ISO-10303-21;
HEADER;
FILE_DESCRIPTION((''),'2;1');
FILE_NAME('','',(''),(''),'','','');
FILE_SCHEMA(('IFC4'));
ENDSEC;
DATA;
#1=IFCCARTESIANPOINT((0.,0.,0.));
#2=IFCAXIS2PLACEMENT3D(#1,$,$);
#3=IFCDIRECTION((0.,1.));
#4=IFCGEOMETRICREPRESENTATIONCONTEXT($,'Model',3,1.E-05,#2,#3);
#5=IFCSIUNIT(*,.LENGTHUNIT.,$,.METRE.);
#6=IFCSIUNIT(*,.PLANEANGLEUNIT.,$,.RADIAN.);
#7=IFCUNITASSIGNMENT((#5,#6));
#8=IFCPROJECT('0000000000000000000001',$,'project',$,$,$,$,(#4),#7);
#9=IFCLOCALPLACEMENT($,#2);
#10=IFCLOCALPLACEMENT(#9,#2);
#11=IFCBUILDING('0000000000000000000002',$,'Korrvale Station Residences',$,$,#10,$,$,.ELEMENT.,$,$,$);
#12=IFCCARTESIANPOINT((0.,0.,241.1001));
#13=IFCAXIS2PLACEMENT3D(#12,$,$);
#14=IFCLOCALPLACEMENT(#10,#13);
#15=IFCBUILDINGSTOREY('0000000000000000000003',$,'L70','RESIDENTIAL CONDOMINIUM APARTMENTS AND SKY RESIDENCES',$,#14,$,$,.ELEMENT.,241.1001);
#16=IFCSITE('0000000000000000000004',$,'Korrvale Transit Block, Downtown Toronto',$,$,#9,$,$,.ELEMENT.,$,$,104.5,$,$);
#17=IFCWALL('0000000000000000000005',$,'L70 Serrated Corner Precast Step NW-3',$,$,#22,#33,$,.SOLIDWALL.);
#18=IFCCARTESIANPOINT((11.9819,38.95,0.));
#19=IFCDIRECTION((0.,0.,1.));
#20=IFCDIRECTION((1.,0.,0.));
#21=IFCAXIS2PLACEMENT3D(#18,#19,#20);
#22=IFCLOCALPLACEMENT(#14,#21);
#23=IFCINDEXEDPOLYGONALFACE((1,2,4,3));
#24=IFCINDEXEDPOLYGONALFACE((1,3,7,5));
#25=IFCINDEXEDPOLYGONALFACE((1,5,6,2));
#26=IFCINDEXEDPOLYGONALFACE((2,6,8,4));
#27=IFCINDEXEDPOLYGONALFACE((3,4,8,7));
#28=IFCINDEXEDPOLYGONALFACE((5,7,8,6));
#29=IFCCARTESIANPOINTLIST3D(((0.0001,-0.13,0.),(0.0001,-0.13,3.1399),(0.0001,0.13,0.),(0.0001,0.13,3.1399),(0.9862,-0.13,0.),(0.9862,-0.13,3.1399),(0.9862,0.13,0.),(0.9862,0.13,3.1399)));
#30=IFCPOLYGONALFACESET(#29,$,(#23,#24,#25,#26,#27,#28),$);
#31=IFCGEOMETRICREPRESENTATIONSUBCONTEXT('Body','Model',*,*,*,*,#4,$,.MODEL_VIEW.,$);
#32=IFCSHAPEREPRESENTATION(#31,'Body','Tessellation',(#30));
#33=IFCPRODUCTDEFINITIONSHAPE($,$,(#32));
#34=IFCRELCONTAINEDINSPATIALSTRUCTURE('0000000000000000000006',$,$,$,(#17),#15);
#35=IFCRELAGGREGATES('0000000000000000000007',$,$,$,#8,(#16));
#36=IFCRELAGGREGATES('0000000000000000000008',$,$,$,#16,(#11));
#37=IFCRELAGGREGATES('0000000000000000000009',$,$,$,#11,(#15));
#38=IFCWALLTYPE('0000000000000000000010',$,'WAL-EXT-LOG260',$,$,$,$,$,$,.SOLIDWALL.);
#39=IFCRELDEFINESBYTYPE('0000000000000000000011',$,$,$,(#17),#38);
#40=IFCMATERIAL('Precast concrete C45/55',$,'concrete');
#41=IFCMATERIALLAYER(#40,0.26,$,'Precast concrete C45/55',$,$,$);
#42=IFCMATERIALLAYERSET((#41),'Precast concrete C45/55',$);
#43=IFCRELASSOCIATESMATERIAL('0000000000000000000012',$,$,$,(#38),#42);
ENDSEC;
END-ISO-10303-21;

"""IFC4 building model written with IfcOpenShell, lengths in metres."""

from ifc_helpers import new_model, si_unit, direction, frame, frame_2d, origin, place, context, subcontext, project, spatial, rectangle, extrude, material, layer, layer_set, type_object, element, save


model = new_model("IFC4")

# Units and contexts
model_context = context("Model", 3, precision=1e-05, world=origin(), true_north=direction((0.0, 1.0)))
body_context = subcontext(model_context, "Body", "Model", "MODEL_VIEW")
ifc_project = project(units=[si_unit("LENGTHUNIT", "METRE"), si_unit("PLANEANGLEUNIT", "RADIAN")], contexts=[model_context])

# Site, building, storey
site_placement = place(None, origin())
site = spatial("IfcSite", under=ifc_project, at=site_placement, Name="Korrvale Transit Block, Downtown Toronto", CompositionType="ELEMENT", RefElevation=104.5)
building_placement = place(site_placement, origin())
building = spatial("IfcBuilding", under=site, at=building_placement, Name="Korrvale Station Residences", CompositionType="ELEMENT")
storey_placement = place(building_placement, frame((0.0, 0.0, 241.1001)))
storey = spatial("IfcBuildingStorey", under=building, at=storey_placement, Name="L70", Description="RESIDENTIAL CONDOMINIUM APARTMENTS AND SKY RESIDENCES", CompositionType="ELEMENT", Elevation=241.1001)

# Wall
ifc_material_1 = material(Name="Precast concrete C45/55", Category="concrete")
ifc_layer_1 = layer(ifc_material_1, 0.26, Name="Precast concrete C45/55")
ifc_layer_set_1 = layer_set([ifc_layer_1], Name="Precast concrete C45/55")
wall_type_1 = type_object("IfcWallType", Name="WAL-EXT-LOG260", PredefinedType="SOLIDWALL", material=ifc_layer_set_1)
wall_1_placement = place(storey_placement, frame((11.9819, 38.95, 0.0), z_axis=(0.0, 0.0, 1.0), x_axis=(1.0, 0.0, 0.0)))
element("IfcWall", 1, at=wall_1_placement, inside=storey, type_object=wall_type_1, Name="L70 Serrated Corner Precast Step NW-3", PredefinedType="SOLIDWALL", context=body_context, shape_type="SweptSolid", body=[
    extrude(rectangle(XDim=0.9861, YDim=0.26, at=frame_2d((0.4932, 0.0))), origin(), (0.0, 0.0, 1.0), 3.1399),
])

save(model, "model.ifc")
